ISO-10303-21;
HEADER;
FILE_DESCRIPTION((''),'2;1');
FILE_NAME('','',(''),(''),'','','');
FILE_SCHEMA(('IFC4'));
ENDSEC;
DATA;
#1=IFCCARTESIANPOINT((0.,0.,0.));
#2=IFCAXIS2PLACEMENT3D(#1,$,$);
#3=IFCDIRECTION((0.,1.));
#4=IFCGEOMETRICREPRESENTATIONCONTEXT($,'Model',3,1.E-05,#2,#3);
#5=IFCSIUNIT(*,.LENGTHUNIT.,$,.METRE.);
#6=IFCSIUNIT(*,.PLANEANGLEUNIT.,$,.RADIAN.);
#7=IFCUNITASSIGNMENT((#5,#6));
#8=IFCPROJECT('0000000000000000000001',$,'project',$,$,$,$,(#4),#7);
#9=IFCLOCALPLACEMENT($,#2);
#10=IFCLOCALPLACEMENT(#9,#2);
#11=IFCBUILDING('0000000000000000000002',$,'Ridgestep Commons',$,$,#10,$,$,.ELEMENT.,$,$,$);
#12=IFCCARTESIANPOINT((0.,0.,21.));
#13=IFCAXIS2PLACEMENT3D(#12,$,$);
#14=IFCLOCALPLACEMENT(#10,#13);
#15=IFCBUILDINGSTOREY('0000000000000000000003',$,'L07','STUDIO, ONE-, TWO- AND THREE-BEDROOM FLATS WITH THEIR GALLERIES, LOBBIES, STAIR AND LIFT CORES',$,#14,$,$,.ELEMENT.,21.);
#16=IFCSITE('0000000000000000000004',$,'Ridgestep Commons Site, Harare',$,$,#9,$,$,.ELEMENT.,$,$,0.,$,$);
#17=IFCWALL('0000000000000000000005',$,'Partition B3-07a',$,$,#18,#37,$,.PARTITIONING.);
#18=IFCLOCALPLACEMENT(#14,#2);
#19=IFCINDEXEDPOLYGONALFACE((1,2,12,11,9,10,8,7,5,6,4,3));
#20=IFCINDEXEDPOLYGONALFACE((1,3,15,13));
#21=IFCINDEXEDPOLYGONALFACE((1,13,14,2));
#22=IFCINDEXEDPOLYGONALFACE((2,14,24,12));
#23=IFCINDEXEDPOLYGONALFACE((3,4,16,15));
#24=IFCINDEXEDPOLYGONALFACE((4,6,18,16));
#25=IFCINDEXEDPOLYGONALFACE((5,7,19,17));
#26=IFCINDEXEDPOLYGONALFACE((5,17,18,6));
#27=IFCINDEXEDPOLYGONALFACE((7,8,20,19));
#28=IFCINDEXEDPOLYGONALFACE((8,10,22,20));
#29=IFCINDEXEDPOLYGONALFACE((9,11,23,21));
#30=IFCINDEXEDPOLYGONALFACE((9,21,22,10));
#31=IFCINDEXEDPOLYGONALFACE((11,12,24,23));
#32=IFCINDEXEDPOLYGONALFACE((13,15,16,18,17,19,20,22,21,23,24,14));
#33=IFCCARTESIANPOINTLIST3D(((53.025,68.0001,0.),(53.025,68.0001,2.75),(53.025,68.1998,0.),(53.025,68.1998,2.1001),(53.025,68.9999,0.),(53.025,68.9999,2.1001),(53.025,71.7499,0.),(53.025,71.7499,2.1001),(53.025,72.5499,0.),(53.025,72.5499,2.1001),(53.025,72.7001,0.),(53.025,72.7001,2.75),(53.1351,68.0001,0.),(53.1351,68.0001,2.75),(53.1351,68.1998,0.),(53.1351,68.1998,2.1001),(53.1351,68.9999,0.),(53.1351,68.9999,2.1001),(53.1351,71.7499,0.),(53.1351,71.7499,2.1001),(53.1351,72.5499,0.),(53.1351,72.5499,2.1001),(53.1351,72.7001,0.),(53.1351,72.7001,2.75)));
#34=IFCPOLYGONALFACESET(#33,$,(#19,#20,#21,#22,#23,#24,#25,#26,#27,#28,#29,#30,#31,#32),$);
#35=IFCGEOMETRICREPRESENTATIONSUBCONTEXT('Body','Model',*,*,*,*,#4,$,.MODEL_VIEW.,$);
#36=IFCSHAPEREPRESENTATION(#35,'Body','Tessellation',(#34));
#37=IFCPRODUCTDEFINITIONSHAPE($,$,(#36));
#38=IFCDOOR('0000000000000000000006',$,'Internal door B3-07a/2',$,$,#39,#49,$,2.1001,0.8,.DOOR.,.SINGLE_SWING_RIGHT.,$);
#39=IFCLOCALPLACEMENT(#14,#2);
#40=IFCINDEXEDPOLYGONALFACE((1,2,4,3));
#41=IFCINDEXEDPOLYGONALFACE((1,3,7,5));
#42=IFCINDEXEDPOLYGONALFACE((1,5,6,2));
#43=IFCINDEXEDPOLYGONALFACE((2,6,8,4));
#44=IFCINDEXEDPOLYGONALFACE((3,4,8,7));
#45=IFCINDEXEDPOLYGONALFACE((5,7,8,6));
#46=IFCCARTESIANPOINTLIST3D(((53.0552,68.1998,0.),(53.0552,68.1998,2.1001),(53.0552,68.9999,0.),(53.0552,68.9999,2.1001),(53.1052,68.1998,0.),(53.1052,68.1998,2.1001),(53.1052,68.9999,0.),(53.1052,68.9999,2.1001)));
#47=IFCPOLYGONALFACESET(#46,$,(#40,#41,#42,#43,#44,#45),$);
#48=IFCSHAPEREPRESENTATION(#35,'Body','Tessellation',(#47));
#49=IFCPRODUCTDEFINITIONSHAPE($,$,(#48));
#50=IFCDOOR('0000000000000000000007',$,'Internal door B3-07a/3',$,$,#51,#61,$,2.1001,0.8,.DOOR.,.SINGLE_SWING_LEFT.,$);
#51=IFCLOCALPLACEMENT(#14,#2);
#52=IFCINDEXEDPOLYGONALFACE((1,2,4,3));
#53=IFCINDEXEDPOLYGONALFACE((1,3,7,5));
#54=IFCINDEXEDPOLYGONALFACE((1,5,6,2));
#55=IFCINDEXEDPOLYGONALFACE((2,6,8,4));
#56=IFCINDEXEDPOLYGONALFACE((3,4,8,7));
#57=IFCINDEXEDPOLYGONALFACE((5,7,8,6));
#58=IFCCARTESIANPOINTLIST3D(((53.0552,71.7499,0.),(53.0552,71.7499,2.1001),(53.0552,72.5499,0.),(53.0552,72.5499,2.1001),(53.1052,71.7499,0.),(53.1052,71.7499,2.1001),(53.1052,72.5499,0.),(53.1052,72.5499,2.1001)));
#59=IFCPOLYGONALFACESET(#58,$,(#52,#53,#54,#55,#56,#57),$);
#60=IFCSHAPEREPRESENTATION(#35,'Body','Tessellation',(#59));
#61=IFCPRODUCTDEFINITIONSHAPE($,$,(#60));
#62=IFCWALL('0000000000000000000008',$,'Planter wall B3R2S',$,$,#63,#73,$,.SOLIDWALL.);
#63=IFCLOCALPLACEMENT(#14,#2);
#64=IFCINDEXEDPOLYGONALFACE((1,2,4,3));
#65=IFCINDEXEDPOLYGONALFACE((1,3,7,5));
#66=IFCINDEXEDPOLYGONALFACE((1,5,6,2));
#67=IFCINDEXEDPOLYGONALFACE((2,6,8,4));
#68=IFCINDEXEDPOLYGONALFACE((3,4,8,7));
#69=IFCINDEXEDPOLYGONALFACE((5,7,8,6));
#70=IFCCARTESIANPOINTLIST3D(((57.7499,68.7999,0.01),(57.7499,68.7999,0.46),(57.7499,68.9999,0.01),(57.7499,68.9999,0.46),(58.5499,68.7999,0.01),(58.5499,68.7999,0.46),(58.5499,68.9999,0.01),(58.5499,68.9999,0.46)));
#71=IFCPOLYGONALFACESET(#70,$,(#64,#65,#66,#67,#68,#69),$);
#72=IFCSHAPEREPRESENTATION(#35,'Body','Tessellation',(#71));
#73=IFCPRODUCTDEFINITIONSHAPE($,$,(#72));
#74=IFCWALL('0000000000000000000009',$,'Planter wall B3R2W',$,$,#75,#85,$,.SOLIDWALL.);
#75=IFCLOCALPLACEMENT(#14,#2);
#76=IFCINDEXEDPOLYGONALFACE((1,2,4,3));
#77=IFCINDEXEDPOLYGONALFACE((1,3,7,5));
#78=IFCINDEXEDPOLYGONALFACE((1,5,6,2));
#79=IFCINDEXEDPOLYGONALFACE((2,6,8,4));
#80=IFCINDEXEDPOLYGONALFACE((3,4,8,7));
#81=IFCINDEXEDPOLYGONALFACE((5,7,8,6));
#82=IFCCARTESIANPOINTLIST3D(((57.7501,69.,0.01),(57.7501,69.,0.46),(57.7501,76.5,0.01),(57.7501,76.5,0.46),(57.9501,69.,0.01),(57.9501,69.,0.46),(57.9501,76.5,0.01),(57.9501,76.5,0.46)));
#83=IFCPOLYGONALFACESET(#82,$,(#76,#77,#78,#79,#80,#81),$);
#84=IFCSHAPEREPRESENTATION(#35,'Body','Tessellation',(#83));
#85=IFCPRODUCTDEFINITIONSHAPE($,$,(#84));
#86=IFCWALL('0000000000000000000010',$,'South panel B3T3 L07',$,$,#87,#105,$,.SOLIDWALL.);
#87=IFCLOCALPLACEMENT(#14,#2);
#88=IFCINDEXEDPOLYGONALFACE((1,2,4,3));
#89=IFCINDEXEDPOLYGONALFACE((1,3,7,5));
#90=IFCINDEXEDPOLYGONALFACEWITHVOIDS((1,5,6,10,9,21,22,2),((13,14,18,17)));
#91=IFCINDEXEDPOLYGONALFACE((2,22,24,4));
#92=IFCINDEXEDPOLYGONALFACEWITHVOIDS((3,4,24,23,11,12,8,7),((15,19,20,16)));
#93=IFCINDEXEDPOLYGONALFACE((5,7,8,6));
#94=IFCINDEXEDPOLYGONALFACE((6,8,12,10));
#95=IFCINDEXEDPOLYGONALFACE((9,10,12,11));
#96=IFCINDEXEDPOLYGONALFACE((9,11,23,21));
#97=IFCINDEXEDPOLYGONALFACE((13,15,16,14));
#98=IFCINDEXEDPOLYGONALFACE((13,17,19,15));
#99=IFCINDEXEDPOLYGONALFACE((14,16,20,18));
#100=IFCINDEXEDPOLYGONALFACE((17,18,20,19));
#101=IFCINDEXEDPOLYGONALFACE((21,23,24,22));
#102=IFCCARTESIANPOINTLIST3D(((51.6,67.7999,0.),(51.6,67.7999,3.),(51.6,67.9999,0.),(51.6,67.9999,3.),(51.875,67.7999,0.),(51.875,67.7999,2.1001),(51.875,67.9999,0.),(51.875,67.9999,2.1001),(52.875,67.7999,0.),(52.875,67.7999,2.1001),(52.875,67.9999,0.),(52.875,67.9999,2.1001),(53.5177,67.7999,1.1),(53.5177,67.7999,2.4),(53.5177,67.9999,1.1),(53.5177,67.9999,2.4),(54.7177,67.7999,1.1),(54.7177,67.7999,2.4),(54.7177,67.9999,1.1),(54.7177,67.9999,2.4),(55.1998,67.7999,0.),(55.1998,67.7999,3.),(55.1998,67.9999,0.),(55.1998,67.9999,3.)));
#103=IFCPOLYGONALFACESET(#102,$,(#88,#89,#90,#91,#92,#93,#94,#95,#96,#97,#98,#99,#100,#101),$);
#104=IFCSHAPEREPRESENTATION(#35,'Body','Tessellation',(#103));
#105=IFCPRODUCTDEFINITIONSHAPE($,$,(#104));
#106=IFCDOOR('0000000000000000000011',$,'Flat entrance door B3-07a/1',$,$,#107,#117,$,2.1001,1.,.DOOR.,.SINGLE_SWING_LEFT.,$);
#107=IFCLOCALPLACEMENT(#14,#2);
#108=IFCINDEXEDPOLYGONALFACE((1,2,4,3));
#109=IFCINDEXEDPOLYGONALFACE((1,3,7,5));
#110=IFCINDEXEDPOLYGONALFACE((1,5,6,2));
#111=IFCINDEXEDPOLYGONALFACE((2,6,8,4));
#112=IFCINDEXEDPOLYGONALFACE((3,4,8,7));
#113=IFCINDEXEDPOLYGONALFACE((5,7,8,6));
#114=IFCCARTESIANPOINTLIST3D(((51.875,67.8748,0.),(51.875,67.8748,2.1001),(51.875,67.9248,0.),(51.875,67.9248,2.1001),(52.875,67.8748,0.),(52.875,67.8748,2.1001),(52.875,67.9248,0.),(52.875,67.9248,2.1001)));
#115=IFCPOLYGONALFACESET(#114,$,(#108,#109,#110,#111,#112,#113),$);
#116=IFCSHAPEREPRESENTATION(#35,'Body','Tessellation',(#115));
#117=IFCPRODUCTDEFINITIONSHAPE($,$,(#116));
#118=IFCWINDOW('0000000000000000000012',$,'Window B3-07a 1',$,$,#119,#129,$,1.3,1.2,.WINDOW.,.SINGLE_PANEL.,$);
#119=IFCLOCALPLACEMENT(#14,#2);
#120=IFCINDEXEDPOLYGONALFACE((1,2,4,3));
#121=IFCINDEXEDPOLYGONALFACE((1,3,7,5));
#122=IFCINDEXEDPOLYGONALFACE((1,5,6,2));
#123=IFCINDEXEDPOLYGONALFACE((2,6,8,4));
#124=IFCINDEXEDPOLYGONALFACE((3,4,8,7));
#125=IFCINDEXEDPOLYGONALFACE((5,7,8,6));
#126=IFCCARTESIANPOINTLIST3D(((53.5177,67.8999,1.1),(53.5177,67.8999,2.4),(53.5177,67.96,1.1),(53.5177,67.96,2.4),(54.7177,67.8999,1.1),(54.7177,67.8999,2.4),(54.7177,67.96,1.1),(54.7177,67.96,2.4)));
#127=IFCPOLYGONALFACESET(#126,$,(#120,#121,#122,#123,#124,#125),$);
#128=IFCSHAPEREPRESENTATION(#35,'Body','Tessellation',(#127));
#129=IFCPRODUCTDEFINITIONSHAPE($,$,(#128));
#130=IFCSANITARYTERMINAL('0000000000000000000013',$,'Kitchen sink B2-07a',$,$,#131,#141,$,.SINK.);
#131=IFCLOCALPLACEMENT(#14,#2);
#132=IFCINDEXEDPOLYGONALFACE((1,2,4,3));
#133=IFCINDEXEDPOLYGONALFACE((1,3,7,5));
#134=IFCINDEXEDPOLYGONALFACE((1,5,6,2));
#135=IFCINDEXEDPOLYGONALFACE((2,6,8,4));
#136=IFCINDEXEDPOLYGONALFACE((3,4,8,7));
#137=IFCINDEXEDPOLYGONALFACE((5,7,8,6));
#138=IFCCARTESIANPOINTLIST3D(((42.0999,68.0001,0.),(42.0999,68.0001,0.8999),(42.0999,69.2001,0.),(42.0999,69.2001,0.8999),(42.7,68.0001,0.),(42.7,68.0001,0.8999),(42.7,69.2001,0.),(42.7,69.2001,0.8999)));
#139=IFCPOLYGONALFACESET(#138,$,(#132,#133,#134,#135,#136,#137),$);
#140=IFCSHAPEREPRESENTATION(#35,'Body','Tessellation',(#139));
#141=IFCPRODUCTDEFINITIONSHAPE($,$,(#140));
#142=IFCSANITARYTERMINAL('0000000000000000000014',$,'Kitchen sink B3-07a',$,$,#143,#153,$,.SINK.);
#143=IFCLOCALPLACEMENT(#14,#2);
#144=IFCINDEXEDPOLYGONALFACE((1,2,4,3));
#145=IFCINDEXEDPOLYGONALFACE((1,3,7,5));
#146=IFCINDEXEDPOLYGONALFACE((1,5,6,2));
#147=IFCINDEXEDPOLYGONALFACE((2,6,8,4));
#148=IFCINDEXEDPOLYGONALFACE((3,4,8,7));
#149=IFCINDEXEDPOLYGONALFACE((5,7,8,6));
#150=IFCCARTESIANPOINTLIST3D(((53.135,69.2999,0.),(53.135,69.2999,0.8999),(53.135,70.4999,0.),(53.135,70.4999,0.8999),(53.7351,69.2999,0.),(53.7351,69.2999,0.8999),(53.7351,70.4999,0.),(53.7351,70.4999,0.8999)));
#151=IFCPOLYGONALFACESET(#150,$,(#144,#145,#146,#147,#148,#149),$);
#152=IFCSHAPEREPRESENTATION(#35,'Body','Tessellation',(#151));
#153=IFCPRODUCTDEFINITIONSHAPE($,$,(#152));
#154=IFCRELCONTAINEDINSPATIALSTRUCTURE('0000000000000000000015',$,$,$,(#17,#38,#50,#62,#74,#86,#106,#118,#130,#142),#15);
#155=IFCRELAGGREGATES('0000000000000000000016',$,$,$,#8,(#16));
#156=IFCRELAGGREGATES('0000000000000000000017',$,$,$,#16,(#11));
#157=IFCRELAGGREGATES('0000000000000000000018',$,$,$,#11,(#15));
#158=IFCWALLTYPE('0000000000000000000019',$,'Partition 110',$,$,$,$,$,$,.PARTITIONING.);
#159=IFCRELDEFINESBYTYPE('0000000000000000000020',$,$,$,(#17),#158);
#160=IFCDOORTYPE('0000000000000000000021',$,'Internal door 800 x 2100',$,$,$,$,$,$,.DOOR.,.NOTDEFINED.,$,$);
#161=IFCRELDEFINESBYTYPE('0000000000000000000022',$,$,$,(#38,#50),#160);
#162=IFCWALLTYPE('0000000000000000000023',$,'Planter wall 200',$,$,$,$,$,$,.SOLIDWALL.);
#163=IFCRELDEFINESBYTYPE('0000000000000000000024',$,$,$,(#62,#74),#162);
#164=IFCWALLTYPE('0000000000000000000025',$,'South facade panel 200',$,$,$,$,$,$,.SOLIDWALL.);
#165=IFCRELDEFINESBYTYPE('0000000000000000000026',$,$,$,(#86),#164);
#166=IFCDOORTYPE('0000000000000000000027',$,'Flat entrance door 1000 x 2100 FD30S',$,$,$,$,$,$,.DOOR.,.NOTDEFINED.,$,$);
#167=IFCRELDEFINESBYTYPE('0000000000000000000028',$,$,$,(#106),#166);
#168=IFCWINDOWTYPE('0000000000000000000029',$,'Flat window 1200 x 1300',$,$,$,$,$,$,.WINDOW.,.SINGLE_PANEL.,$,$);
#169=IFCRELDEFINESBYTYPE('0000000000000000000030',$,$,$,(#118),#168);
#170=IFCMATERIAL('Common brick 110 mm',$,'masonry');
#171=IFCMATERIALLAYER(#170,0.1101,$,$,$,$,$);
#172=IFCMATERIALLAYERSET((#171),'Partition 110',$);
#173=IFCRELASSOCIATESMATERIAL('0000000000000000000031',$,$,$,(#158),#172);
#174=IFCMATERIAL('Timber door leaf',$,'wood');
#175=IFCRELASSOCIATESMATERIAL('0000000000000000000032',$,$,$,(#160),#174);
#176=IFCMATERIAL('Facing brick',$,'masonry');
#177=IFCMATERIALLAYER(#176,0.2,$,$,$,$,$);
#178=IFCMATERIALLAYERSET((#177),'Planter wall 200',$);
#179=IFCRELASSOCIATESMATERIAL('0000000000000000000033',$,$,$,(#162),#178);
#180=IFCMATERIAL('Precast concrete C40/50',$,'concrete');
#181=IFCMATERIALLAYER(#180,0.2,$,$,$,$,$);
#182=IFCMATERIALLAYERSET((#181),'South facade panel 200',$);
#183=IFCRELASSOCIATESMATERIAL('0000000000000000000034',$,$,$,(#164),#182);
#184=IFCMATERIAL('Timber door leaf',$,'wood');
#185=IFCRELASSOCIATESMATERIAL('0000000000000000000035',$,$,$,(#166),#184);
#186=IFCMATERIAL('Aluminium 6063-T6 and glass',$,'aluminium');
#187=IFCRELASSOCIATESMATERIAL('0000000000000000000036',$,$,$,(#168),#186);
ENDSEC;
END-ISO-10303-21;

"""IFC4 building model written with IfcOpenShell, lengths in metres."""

from ifc_helpers import new_model, si_unit, direction, frame, frame_2d, origin, origin_2d, place, context, subcontext, project, spatial, rectangle, extrude, material, layer, layer_set, type_object, element, fill, save


model = new_model("IFC4")

# Units and contexts
model_context = context("Model", 3, precision=1e-05, world=origin(), true_north=direction((0.0, 1.0)))
body_context = subcontext(model_context, "Body", "Model", "MODEL_VIEW")
ifc_project = project(units=[si_unit("LENGTHUNIT", "METRE"), si_unit("PLANEANGLEUNIT", "RADIAN")], contexts=[model_context])

# Site, building, storey
site_placement = place(None, origin())
site = spatial("IfcSite", under=ifc_project, at=site_placement, Name="Ridgestep Commons Site, Harare", CompositionType="ELEMENT", RefElevation=0.0)
building_placement = place(site_placement, origin())
building = spatial("IfcBuilding", under=site, at=building_placement, Name="Ridgestep Commons", CompositionType="ELEMENT")
storey_placement = place(building_placement, frame((0.0, 0.0, 21.0)))
storey = spatial("IfcBuildingStorey", under=building, at=storey_placement, Name="L07", Description="STUDIO, ONE-, TWO- AND THREE-BEDROOM FLATS WITH THEIR GALLERIES, LOBBIES, STAIR AND LIFT CORES", CompositionType="ELEMENT", Elevation=21.0)

# Shared definitions
ifc_material_1 = material(Name="Common brick 110 mm", Category="masonry")
ifc_layer_1 = layer(ifc_material_1, 0.1101)
ifc_layer_set_1 = layer_set([ifc_layer_1], Name="Partition 110")
wall_type_1 = type_object("IfcWallType", Name="Partition 110", PredefinedType="PARTITIONING", material=ifc_layer_set_1)

# Wall, openings, doors
ifc_material_2 = material(Name="Timber door leaf", Category="wood")
door_type_1 = type_object("IfcDoorType", Name="Internal door 800 x 2100", OperationType="NOTDEFINED", PredefinedType="DOOR", material=ifc_material_2)
wall_1_placement = place(storey_placement, frame((53.0801, 68.0, 0.0), z_axis=(0.0, 0.0, 1.0), x_axis=(0.0, 1.0, 0.0)))
wall_1 = element("IfcWall", 1, at=wall_1_placement, inside=storey, type_object=wall_type_1, Name="Partition B3-07a", PredefinedType="PARTITIONING", context=body_context, shape_type="SweptSolid", body=[
    extrude(rectangle(XDim=4.7, YDim=0.1101, at=frame_2d((2.3501, 0.0))), origin(), (0.0, 0.0, 1.0), 2.75),
])
opening_1_placement = place(wall_1_placement, frame((0.2, 0.0, 0.0)))
opening_1 = element("IfcOpeningElement", 2, at=opening_1_placement, cuts=wall_1, PredefinedType="OPENING", context=body_context, shape_type="SweptSolid", body=[
    extrude(rectangle(XDim=0.8, YDim=2.1001, at=frame_2d((0.3999, 1.05))), frame((0.0, 0.0649, 0.0), z_axis=(0.0, -1.0, 0.0), x_axis=(1.0, 0.0, 0.0)), (0.0, 0.0, 1.0), 0.1301),
])
opening_2_placement = place(wall_1_placement, frame((3.75, 0.0, 0.0)))
opening_2 = element("IfcOpeningElement", 3, at=opening_2_placement, cuts=wall_1, PredefinedType="OPENING", context=body_context, shape_type="SweptSolid", body=[
    extrude(rectangle(XDim=0.8, YDim=2.1001, at=frame_2d((0.3999, 1.05))), frame((0.0, 0.0649, 0.0), z_axis=(0.0, -1.0, 0.0), x_axis=(1.0, 0.0, 0.0)), (0.0, 0.0, 1.0), 0.1301),
])
door_1_placement = place(opening_1_placement, origin())
door_1 = element("IfcDoor", 4, at=door_1_placement, inside=storey, type_object=door_type_1, Name="Internal door B3-07a/2", OperationType="SINGLE_SWING_RIGHT", OverallHeight=2.1001, OverallWidth=0.8, PredefinedType="DOOR", context=body_context, shape_type="SweptSolid", body=[
    extrude(rectangle(XDim=0.8, YDim=2.1001, at=frame_2d((0.3999, 1.05))), frame((0.0, 0.0249, 0.0), z_axis=(0.0, -1.0, 0.0), x_axis=(1.0, 0.0, 0.0)), (0.0, 0.0, 1.0), 0.05),
])
fill(opening_1, door_1)
door_2_placement = place(opening_2_placement, origin())
door_2 = element("IfcDoor", 5, at=door_2_placement, inside=storey, type_object=door_type_1, Name="Internal door B3-07a/3", OperationType="SINGLE_SWING_LEFT", OverallHeight=2.1001, OverallWidth=0.8, PredefinedType="DOOR", context=body_context, shape_type="SweptSolid", body=[
    extrude(rectangle(XDim=0.8, YDim=2.1001, at=frame_2d((0.3999, 1.05))), frame((0.0, 0.0249, 0.0), z_axis=(0.0, -1.0, 0.0), x_axis=(1.0, 0.0, 0.0)), (0.0, 0.0, 1.0), 0.05),
])
fill(opening_2, door_2)

# Walls
ifc_material_3 = material(Name="Facing brick", Category="masonry")
ifc_layer_2 = layer(ifc_material_3, 0.2)
ifc_layer_set_2 = layer_set([ifc_layer_2], Name="Planter wall 200")
wall_type_2 = type_object("IfcWallType", Name="Planter wall 200", PredefinedType="SOLIDWALL", material=ifc_layer_set_2)
wall_2_placement = place(storey_placement, frame((57.75, 68.8999, 0.01), z_axis=(0.0, 0.0, 1.0), x_axis=(1.0, 0.0, 0.0)))
element("IfcWall", 6, at=wall_2_placement, inside=storey, type_object=wall_type_2, Name="Planter wall B3R2S", PredefinedType="SOLIDWALL", context=body_context, shape_type="SweptSolid", body=[
    extrude(rectangle(XDim=0.8, YDim=0.2, at=frame_2d((0.3999, 0.0))), origin(), (0.0, 0.0, 1.0), 0.45),
])
wall_3_placement = place(storey_placement, frame((57.8501, 69.0, 0.01), z_axis=(0.0, 0.0, 1.0), x_axis=(0.0, 1.0, 0.0)))
element("IfcWall", 7, at=wall_3_placement, inside=storey, type_object=wall_type_2, Name="Planter wall B3R2W", PredefinedType="SOLIDWALL", context=body_context, shape_type="SweptSolid", body=[
    extrude(rectangle(XDim=7.5, YDim=0.2, at=frame_2d((3.75, 0.0))), origin(), (0.0, 0.0, 1.0), 0.45),
])

# Wall, openings, door, window
ifc_material_4 = material(Name="Precast concrete C40/50", Category="concrete")
ifc_layer_3 = layer(ifc_material_4, 0.2)
ifc_layer_set_3 = layer_set([ifc_layer_3], Name="South facade panel 200")
wall_type_3 = type_object("IfcWallType", Name="South facade panel 200", PredefinedType="SOLIDWALL", material=ifc_layer_set_3)
wall_4_placement = place(storey_placement, frame((51.6001, 67.8999, 0.0), z_axis=(0.0, 0.0, 1.0), x_axis=(1.0, 0.0, 0.0)))
wall_4 = element("IfcWall", 8, at=wall_4_placement, inside=storey, type_object=wall_type_3, Name="South panel B3T3 L07", PredefinedType="SOLIDWALL", context=body_context, shape_type="SweptSolid", body=[
    extrude(rectangle(XDim=3.5999, YDim=0.2, at=frame_2d((1.7998, 0.0))), origin(), (0.0, 0.0, 1.0), 3.0),
])
opening_3_placement = place(wall_4_placement, frame((1.9175, 0.0, 1.1001)))
opening_3 = element("IfcOpeningElement", 9, at=opening_3_placement, cuts=wall_4, PredefinedType="OPENING", context=body_context, shape_type="SweptSolid", body=[
    extrude(rectangle(XDim=1.2, YDim=1.3, at=frame_2d((0.6001, 0.6499))), frame((0.0, 0.1099, 0.0), z_axis=(0.0, -1.0, 0.0), x_axis=(1.0, 0.0, 0.0)), (0.0, 0.0, 1.0), 0.22),
])
opening_4_placement = place(wall_4_placement, frame((0.2749, 0.0, 0.0)))
opening_4 = element("IfcOpeningElement", 10, at=opening_4_placement, cuts=wall_4, PredefinedType="OPENING", context=body_context, shape_type="SweptSolid", body=[
    extrude(rectangle(XDim=1.0, YDim=2.1001, at=frame_2d((0.5, 1.05))), frame((0.0, 0.1099, 0.0), z_axis=(0.0, -1.0, 0.0), x_axis=(1.0, 0.0, 0.0)), (0.0, 0.0, 1.0), 0.22),
])
ifc_material_5 = material(Name="Timber door leaf", Category="wood")
door_type_2 = type_object("IfcDoorType", Name="Flat entrance door 1000 x 2100 FD30S", OperationType="NOTDEFINED", PredefinedType="DOOR", material=ifc_material_5)
door_3_placement = place(opening_4_placement, origin())
door_3 = element("IfcDoor", 11, at=door_3_placement, inside=storey, type_object=door_type_2, Name="Flat entrance door B3-07a/1", OperationType="SINGLE_SWING_LEFT", OverallHeight=2.1001, OverallWidth=1.0, PredefinedType="DOOR", context=body_context, shape_type="SweptSolid", body=[
    extrude(rectangle(XDim=1.0, YDim=2.1001, at=frame_2d((0.5, 1.05))), frame((0.0, 0.0249, 0.0), z_axis=(0.0, -1.0, 0.0), x_axis=(1.0, 0.0, 0.0)), (0.0, 0.0, 1.0), 0.05),
])
fill(opening_4, door_3)
ifc_material_6 = material(Name="Aluminium 6063-T6 and glass", Category="aluminium")
window_type_1 = type_object("IfcWindowType", Name="Flat window 1200 x 1300", PartitioningType="SINGLE_PANEL", PredefinedType="WINDOW", material=ifc_material_6)
window_1_placement = place(opening_3_placement, origin())
window_1 = element("IfcWindow", 12, at=window_1_placement, inside=storey, type_object=window_type_1, Name="Window B3-07a 1", OverallHeight=1.3, OverallWidth=1.2, PartitioningType="SINGLE_PANEL", PredefinedType="WINDOW", context=body_context, shape_type="SweptSolid", body=[
    extrude(rectangle(XDim=1.2, YDim=1.3, at=frame_2d((0.6001, 0.6499))), frame((0.0, 0.0601, 0.0), z_axis=(0.0, -1.0, 0.0), x_axis=(1.0, 0.0, 0.0)), (0.0, 0.0, 1.0), 0.0601),
])
fill(opening_3, window_1)

# Sanitary terminals
for number, where, z_axis, x_axis, name in (
    (13, (42.3999, 68.6001, 0.0), (0.0, 0.0, 1.0), (1.0, 0.0, 0.0), "Kitchen sink B2-07a"),
    (14, (53.4351, 69.8999, 0.0), (0.0, 0.0, 1.0), (1.0, 0.0, 0.0), "Kitchen sink B3-07a"),
):
    element("IfcSanitaryTerminal", number, at=place(storey_placement, frame(where, z_axis=z_axis, x_axis=x_axis)), inside=storey, Name=name, PredefinedType="SINK", context=body_context, shape_type="SweptSolid", body=[
        extrude(rectangle(XDim=0.6001, YDim=1.2, at=origin_2d()), origin(), (0.0, 0.0, 1.0), 0.8999),
    ])

save(model, "model.ifc")
